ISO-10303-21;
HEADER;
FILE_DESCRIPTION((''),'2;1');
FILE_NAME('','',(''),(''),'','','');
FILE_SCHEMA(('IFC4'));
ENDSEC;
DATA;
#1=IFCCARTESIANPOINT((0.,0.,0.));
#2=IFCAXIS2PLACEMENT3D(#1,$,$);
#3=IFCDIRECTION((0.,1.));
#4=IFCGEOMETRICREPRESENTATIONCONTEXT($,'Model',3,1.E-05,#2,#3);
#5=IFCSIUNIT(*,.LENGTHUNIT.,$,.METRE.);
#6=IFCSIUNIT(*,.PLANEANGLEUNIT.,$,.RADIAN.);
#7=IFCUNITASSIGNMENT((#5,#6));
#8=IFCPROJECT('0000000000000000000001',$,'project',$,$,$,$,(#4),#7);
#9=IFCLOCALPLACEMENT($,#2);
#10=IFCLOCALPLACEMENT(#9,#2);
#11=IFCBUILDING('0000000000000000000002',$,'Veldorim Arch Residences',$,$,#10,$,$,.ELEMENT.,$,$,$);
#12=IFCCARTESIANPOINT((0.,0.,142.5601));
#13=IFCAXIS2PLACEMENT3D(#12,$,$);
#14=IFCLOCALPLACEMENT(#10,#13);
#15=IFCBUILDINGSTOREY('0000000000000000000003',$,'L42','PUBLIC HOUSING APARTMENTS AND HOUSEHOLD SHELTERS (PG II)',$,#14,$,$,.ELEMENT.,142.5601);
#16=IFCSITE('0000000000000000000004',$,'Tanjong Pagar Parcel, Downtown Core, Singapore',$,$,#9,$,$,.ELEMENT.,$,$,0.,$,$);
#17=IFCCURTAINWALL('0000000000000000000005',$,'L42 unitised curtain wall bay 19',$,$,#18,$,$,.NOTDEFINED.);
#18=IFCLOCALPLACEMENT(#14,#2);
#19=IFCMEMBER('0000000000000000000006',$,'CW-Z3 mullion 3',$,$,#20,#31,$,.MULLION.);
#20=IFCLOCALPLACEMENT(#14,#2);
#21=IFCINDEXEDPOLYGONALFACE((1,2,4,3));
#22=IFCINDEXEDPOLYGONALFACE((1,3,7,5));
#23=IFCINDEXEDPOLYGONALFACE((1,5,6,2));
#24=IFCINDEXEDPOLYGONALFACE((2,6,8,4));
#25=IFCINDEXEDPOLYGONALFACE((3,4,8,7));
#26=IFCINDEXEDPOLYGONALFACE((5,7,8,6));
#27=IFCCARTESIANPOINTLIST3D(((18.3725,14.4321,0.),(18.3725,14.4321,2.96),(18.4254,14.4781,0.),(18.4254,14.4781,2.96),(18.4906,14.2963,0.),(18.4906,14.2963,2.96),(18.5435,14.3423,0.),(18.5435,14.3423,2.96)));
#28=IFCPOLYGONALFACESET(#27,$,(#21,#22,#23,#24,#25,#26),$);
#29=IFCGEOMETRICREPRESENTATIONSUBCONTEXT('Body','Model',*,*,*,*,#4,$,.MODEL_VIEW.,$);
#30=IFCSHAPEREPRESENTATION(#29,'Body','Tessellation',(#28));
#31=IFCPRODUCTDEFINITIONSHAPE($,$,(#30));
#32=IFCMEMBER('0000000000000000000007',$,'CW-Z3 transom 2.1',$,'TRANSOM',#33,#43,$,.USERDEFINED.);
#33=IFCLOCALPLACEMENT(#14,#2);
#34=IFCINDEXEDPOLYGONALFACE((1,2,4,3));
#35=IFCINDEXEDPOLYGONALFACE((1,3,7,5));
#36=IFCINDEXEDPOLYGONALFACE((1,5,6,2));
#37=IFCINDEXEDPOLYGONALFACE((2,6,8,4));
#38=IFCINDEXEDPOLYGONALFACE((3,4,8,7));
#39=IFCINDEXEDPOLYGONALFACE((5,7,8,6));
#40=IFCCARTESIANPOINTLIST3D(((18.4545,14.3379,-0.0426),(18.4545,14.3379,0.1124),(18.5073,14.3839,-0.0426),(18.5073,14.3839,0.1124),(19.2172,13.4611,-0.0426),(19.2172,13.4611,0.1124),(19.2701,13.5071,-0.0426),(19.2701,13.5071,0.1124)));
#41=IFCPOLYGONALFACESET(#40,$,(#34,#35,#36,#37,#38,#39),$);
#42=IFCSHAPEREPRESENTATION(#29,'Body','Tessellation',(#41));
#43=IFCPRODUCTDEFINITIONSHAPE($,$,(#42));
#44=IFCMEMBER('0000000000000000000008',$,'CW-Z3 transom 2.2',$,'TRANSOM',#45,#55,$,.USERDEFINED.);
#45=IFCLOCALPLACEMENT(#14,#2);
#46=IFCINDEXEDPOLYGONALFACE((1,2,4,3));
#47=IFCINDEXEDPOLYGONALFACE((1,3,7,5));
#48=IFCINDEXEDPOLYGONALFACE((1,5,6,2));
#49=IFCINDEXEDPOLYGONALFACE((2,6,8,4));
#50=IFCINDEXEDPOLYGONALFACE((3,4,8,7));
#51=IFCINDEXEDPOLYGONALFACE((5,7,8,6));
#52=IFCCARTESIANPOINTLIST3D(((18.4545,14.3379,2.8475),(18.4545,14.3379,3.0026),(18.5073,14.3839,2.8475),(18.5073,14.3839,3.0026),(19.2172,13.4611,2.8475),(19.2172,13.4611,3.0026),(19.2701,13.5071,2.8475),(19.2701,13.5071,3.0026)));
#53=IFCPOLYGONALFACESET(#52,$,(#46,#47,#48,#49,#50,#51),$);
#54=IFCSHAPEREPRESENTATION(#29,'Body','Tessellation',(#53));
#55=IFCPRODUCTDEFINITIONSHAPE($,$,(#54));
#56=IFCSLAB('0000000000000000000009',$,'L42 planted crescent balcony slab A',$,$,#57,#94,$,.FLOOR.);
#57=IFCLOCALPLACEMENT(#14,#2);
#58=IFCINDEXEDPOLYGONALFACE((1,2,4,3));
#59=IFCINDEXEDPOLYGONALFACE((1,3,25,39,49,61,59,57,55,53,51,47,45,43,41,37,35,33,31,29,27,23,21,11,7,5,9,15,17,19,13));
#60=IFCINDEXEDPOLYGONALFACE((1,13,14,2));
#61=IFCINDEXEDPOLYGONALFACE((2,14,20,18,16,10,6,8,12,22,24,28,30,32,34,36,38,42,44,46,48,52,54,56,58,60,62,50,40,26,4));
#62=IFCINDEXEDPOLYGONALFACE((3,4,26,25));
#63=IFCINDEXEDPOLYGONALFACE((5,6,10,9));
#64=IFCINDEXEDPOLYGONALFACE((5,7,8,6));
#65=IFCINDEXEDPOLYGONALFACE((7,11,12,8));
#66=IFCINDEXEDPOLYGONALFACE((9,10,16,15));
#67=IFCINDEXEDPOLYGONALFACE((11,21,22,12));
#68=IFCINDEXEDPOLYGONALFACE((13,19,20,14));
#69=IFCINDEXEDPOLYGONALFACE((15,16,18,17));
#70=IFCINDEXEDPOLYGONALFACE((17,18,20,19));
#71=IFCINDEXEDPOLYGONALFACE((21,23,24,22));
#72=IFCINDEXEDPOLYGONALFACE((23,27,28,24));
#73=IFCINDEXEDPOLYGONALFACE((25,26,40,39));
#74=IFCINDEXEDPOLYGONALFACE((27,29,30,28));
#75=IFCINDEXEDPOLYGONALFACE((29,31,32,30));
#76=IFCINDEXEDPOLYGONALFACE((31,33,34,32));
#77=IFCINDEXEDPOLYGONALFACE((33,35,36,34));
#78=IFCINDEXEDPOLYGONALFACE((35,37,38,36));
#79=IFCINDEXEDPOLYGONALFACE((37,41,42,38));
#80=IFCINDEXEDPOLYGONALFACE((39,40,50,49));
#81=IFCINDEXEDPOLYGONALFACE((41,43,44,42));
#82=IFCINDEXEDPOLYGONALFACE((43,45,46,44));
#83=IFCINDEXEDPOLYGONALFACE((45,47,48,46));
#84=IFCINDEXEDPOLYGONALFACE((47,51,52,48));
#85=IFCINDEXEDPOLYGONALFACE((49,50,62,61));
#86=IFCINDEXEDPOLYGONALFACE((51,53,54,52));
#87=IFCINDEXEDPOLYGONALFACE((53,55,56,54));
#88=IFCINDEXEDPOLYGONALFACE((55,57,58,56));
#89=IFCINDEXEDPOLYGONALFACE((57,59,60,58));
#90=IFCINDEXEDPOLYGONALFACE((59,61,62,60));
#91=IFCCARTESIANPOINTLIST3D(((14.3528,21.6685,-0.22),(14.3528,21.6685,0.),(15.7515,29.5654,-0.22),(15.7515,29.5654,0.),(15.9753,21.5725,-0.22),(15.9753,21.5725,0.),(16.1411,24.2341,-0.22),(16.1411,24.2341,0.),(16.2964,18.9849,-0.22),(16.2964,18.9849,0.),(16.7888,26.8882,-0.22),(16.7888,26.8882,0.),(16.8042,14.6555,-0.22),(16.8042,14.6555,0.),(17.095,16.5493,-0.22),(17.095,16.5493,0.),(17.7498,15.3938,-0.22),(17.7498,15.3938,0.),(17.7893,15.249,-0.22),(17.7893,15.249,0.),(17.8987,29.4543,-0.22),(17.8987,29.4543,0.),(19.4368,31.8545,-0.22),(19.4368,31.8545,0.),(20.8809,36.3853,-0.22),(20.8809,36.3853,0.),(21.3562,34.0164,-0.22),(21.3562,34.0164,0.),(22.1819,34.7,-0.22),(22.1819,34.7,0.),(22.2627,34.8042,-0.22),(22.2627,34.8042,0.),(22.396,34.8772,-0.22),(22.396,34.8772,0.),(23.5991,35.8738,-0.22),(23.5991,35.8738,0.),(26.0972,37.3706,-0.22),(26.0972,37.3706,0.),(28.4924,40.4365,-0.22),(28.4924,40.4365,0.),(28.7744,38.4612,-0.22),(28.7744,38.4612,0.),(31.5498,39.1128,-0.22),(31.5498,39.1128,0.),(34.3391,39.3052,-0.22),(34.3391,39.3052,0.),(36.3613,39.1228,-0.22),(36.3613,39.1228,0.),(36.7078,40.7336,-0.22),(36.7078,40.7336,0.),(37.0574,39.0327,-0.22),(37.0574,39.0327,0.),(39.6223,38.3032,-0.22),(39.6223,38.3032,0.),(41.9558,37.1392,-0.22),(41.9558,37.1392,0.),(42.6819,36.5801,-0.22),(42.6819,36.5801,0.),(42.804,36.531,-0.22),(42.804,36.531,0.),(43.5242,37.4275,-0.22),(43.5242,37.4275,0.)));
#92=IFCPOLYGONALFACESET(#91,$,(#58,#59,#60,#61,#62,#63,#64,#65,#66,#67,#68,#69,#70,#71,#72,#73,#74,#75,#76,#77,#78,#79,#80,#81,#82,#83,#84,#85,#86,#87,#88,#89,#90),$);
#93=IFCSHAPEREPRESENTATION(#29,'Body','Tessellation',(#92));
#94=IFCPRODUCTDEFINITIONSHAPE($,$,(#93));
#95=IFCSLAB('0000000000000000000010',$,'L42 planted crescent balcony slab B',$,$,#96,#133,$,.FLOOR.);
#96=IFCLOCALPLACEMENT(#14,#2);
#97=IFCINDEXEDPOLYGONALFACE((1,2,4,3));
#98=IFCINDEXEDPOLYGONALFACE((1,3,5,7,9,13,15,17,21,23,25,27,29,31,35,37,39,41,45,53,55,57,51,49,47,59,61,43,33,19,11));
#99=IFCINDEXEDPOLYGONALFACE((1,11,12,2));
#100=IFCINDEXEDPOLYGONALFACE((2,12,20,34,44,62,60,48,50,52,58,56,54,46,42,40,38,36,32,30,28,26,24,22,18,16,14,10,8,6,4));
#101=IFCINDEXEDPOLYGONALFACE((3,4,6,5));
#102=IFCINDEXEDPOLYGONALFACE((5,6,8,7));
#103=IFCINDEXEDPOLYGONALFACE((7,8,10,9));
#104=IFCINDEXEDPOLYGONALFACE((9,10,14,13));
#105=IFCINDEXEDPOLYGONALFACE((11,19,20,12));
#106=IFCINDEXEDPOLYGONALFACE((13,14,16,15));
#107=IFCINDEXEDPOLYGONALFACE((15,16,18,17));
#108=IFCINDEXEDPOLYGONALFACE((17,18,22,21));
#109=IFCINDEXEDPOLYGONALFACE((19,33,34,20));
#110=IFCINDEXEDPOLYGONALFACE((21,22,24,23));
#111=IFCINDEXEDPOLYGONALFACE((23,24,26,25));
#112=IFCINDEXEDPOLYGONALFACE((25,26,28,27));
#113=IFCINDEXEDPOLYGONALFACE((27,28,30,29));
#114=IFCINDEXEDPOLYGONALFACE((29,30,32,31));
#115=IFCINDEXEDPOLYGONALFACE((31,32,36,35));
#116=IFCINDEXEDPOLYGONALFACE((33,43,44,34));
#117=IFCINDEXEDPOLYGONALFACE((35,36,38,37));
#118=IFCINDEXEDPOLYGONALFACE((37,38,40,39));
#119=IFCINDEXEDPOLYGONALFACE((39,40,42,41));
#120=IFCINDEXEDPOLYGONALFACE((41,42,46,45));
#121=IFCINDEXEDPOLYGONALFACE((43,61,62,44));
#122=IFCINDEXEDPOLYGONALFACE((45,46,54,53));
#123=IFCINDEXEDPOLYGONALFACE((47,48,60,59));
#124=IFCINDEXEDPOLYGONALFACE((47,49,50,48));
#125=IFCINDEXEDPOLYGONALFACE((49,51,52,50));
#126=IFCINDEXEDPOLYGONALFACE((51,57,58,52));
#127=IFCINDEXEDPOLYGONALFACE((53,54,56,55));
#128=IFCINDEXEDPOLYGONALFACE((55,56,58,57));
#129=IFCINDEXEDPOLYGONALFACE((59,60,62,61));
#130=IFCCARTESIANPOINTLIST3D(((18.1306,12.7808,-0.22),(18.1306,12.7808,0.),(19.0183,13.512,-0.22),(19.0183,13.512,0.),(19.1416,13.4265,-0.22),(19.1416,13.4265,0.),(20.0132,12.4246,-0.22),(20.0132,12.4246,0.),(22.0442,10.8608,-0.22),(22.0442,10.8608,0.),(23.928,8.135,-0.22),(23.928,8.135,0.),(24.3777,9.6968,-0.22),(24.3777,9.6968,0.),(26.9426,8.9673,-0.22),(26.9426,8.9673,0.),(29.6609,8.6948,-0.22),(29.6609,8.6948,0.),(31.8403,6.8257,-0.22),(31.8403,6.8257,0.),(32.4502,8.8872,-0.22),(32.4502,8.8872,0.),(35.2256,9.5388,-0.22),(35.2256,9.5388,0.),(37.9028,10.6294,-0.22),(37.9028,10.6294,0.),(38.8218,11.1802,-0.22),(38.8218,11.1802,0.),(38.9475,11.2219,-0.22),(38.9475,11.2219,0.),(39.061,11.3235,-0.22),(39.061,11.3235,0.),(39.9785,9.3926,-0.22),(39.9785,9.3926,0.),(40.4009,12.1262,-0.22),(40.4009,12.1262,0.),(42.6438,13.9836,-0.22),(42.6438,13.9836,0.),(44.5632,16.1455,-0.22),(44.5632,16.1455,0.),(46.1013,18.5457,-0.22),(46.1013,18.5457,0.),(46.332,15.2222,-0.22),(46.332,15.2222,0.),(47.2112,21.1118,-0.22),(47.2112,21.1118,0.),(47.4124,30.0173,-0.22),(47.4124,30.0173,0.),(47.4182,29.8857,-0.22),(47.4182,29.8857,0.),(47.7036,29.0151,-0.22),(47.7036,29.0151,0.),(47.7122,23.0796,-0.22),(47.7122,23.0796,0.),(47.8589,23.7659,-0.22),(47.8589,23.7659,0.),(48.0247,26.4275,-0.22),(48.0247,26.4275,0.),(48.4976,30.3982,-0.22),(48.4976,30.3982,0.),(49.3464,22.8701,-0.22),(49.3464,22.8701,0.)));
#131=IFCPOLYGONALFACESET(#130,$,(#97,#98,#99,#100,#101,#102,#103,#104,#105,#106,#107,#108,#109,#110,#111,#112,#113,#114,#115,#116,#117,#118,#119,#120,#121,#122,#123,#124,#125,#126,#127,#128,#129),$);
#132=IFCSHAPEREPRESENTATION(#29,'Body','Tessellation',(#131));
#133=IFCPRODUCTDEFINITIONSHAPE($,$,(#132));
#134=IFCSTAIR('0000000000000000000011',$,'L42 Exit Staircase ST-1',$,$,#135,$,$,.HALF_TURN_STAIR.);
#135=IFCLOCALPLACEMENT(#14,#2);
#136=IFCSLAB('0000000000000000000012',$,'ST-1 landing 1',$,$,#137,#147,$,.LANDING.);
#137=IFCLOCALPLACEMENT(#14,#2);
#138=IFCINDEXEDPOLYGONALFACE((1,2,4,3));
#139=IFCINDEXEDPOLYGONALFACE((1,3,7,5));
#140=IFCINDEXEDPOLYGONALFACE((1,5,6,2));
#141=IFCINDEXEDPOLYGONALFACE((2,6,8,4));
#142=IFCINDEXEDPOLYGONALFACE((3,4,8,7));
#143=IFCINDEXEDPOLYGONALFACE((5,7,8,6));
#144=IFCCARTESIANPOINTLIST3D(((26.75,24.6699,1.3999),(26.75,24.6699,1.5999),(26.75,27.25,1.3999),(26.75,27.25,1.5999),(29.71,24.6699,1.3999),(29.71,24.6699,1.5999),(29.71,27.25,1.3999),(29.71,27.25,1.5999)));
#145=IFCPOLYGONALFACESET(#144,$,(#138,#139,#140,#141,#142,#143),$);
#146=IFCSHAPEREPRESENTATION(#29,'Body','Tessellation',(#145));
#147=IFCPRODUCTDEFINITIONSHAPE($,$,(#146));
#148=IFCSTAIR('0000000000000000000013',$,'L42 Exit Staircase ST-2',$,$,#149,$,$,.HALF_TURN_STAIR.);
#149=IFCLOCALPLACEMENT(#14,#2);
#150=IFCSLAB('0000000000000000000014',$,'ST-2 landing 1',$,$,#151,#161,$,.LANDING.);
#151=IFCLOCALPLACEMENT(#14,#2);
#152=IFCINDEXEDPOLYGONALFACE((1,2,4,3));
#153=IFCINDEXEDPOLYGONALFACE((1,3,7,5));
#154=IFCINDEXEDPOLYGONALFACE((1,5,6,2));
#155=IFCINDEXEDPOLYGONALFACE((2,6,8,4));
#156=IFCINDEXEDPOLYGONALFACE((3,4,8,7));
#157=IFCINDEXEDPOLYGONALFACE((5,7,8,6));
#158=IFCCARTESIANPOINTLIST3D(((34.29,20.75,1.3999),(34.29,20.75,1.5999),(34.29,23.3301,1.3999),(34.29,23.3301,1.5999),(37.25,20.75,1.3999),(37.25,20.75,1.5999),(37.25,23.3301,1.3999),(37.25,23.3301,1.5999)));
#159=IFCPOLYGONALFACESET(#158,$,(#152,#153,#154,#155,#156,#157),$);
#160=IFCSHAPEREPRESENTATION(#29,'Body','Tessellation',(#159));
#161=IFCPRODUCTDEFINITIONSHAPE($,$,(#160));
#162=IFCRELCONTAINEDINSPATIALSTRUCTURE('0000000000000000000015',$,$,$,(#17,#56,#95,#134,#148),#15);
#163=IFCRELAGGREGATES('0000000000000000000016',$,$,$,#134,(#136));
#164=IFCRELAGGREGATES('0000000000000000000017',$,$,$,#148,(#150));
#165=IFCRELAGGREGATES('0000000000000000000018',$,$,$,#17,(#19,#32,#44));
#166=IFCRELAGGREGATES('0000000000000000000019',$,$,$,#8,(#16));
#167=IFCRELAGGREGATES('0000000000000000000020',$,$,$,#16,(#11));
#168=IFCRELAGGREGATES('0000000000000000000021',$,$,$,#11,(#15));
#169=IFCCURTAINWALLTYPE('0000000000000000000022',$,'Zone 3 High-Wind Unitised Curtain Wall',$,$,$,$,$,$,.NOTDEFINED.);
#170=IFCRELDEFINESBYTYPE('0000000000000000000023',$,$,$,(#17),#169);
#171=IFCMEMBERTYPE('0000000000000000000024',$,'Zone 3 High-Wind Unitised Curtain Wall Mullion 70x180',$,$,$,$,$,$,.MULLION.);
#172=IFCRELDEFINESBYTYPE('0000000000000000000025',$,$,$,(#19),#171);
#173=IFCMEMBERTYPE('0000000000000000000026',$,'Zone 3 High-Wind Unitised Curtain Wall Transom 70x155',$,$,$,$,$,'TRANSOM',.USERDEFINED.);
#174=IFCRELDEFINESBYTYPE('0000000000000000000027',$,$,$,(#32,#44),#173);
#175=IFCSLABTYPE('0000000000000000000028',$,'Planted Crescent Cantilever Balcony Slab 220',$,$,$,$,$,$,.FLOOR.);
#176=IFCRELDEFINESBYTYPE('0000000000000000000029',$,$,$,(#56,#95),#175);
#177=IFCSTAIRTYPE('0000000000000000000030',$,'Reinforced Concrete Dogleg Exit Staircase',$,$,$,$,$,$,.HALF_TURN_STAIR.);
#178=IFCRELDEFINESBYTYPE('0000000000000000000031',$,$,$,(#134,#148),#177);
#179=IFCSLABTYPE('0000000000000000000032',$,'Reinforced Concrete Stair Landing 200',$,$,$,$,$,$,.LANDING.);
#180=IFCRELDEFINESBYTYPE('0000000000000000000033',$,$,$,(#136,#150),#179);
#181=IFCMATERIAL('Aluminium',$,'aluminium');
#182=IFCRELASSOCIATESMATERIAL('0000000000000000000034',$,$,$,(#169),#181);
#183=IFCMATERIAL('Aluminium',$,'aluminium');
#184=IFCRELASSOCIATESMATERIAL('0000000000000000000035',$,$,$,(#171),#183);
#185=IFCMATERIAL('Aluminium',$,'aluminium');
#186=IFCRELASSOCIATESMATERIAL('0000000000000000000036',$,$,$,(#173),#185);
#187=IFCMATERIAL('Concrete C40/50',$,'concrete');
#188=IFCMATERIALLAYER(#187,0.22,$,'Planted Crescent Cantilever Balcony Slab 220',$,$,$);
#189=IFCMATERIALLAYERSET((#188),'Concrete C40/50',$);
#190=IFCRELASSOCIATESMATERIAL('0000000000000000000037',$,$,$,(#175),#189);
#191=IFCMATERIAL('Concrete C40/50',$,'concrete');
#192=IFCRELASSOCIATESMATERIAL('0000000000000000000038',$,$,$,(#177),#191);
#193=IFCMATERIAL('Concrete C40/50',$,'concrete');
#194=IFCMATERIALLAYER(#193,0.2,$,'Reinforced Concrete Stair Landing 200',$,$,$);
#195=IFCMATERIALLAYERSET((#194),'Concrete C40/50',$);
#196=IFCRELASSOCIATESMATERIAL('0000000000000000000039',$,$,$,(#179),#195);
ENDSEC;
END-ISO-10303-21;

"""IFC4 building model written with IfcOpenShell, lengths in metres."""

from ifc_helpers import new_model, si_unit, direction, frame, origin, origin_2d, place, context, subcontext, project, spatial, polyline, rectangle, outline, extrude, material, layer, layer_set, material_profile, profile_set, type_object, element, aggregate, save


model = new_model("IFC4")

# Units and contexts
model_context = context("Model", 3, precision=1e-05, world=origin(), true_north=direction((0.0, 1.0)))
body_context = subcontext(model_context, "Body", "Model", "MODEL_VIEW")
ifc_project = project(units=[si_unit("LENGTHUNIT", "METRE"), si_unit("PLANEANGLEUNIT", "RADIAN")], contexts=[model_context])

# Site, building, storey
site_placement = place(None, origin())
site = spatial("IfcSite", under=ifc_project, at=site_placement, Name="Tanjong Pagar Parcel, Downtown Core, Singapore", CompositionType="ELEMENT", RefElevation=0.0)
building_placement = place(site_placement, origin())
building = spatial("IfcBuilding", under=site, at=building_placement, Name="Veldorim Arch Residences", CompositionType="ELEMENT")
storey_placement = place(building_placement, frame((0.0, 0.0, 142.5601)))
storey = spatial("IfcBuildingStorey", under=building, at=storey_placement, Name="L42", Description="PUBLIC HOUSING APARTMENTS AND HOUSEHOLD SHELTERS (PG II)", CompositionType="ELEMENT", Elevation=142.5601)

# Curtain wall, members
ifc_material_1 = material(Name="Aluminium", Category="aluminium")
curtain_wall_type = type_object("IfcCurtainWallType", Name="Zone 3 High-Wind Unitised Curtain Wall", PredefinedType="NOTDEFINED", material=ifc_material_1)
curtain_wall_placement = place(storey_placement, origin())
curtain_wall = element("IfcCurtainWall", 1, at=curtain_wall_placement, inside=storey, type_object=curtain_wall_type, Name="L42 unitised curtain wall bay 19", PredefinedType="NOTDEFINED")
ifc_material_2 = material(Name="Aluminium", Category="aluminium")
ifc_material_profile_1 = material_profile(ifc_material_2, rectangle(XDim=0.0701, YDim=0.1799, at=origin_2d()), Name="ALU_MUL_70x180")
ifc_profile_set_1 = profile_set([ifc_material_profile_1], Name="Aluminium")
member_type_1 = type_object("IfcMemberType", Name="Zone 3 High-Wind Unitised Curtain Wall Mullion 70x180", PredefinedType="MULLION", material=ifc_profile_set_1)
member_1_placement = place(storey_placement, frame((18.458, 14.3872, 0.0), z_axis=(0.0, 0.0, 1.0), x_axis=(-0.7544, -0.656415, 0.0)))
member_1 = element("IfcMember", 2, at=member_1_placement, type_object=member_type_1, Name="CW-Z3 mullion 3", PredefinedType="MULLION", context=body_context, shape_type="SweptSolid", body=[
    extrude(rectangle(XDim=0.0701, YDim=0.1799, at=origin_2d()), origin(), (0.0, 0.0, 1.0), 2.96),
])
ifc_material_3 = material(Name="Aluminium", Category="aluminium")
ifc_material_profile_2 = material_profile(ifc_material_3, rectangle(XDim=0.0701, YDim=0.155, at=origin_2d()), Name="ALU_TRN_70x155")
ifc_profile_set_2 = profile_set([ifc_material_profile_2], Name="Aluminium")
member_type_2 = type_object("IfcMemberType", Name="Zone 3 High-Wind Unitised Curtain Wall Transom 70x155", ElementType="TRANSOM", PredefinedType="USERDEFINED", material=ifc_profile_set_2)
member_2_placement = place(storey_placement, frame((19.2437, 13.4841, 0.0349), z_axis=(-0.656345, 0.754461, 0.0), x_axis=(-0.754461, -0.656345, 0.0)))
member_2 = element("IfcMember", 3, at=member_2_placement, type_object=member_type_2, Name="CW-Z3 transom 2.1", ObjectType="TRANSOM", PredefinedType="USERDEFINED", context=body_context, shape_type="SweptSolid", body=[
    extrude(rectangle(XDim=0.0701, YDim=0.155, at=origin_2d()), origin(), (0.0, 0.0, 1.0), 1.1621),
])
member_3_placement = place(storey_placement, frame((19.2437, 13.4841, 2.925), z_axis=(-0.656345, 0.754461, 0.0), x_axis=(-0.754461, -0.656345, 0.0)))
member_3 = element("IfcMember", 4, at=member_3_placement, type_object=member_type_2, Name="CW-Z3 transom 2.2", ObjectType="TRANSOM", PredefinedType="USERDEFINED", context=body_context, shape_type="SweptSolid", body=[
    extrude(rectangle(XDim=0.0701, YDim=0.155, at=origin_2d()), origin(), (0.0, 0.0, 1.0), 1.1621),
])

# Slabs
ifc_material_4 = material(Name="Concrete C40/50", Category="concrete")
ifc_layer_1 = layer(ifc_material_4, 0.22, Name="Planted Crescent Cantilever Balcony Slab 220")
ifc_layer_set_1 = layer_set([ifc_layer_1], Name="Concrete C40/50")
slab_type_1 = type_object("IfcSlabType", Name="Planted Crescent Cantilever Balcony Slab 220", PredefinedType="FLOOR", material=ifc_layer_set_1)
slab_1_placement = place(storey_placement, frame((0.0, 0.0, -0.22)))
element("IfcSlab", 5, at=slab_1_placement, inside=storey, type_object=slab_type_1, Name="L42 planted crescent balcony slab A", PredefinedType="FLOOR", context=body_context, shape_type="SweptSolid", body=[
    extrude(outline(polyline([(42.6819, 36.5801), (41.9558, 37.1392), (39.6223, 38.3032), (37.0574, 39.0327), (36.3613, 39.1228), (34.3391, 39.3052), (31.5498, 39.1128), (28.7744, 38.4612), (26.0972, 37.3706), (23.5991, 35.8738), (22.396, 34.8772), (22.2627, 34.8042), (22.1819, 34.7), (21.3562, 34.0164), (19.4368, 31.8545), (17.8987, 29.4543), (16.7888, 26.8882), (16.1411, 24.2341), (15.9753, 21.5725), (16.2964, 18.9849), (17.095, 16.5493), (17.7498, 15.3938), (17.7893, 15.249), (16.8042, 14.6555), (14.3528, 21.6685), (15.7515, 29.5654), (20.8809, 36.3853), (28.4924, 40.4365), (36.7078, 40.7336), (43.5242, 37.4275), (42.804, 36.531), (42.6819, 36.5801)])), origin(), (0.0, 0.0, 1.0), 0.22),
])
slab_2_placement = place(storey_placement, frame((0.0, 0.0, -0.22)))
element("IfcSlab", 6, at=slab_2_placement, inside=storey, type_object=slab_type_1, Name="L42 planted crescent balcony slab B", PredefinedType="FLOOR", context=body_context, shape_type="SweptSolid", body=[
    extrude(outline(polyline([(19.1416, 13.4265), (20.0132, 12.4246), (22.0442, 10.8608), (24.3777, 9.6968), (26.9426, 8.9673), (29.6609, 8.6948), (32.4502, 8.8872), (35.2256, 9.5388), (37.9028, 10.6294), (38.8218, 11.1802), (38.9475, 11.2219), (39.061, 11.3235), (40.4009, 12.1262), (42.6438, 13.9836), (44.5632, 16.1455), (46.1013, 18.5457), (47.2112, 21.1118), (47.7122, 23.0796), (47.8589, 23.7659), (48.0247, 26.4275), (47.7036, 29.0151), (47.4182, 29.8857), (47.4124, 30.0173), (48.4976, 30.3982), (49.3464, 22.8701), (46.332, 15.2222), (39.9785, 9.3926), (31.8403, 6.8257), (23.928, 8.135), (18.1306, 12.7808), (19.0183, 13.512), (19.1416, 13.4265)])), origin(), (0.0, 0.0, 1.0), 0.22),
])

# Stairs, slabs
ifc_material_5 = material(Name="Concrete C40/50", Category="concrete")
stair_type = type_object("IfcStairType", Name="Reinforced Concrete Dogleg Exit Staircase", PredefinedType="HALF_TURN_STAIR", material=ifc_material_5)
stair_1_placement = place(storey_placement, origin())
stair_1 = element("IfcStair", 7, at=stair_1_placement, inside=storey, type_object=stair_type, Name="L42 Exit Staircase ST-1", PredefinedType="HALF_TURN_STAIR")
ifc_material_6 = material(Name="Concrete C40/50", Category="concrete")
ifc_layer_2 = layer(ifc_material_6, 0.2, Name="Reinforced Concrete Stair Landing 200")
ifc_layer_set_2 = layer_set([ifc_layer_2], Name="Concrete C40/50")
slab_type_2 = type_object("IfcSlabType", Name="Reinforced Concrete Stair Landing 200", PredefinedType="LANDING", material=ifc_layer_set_2)
slab_3_placement = place(storey_placement, frame((0.0, 0.0, 1.3999)))
slab_3 = element("IfcSlab", 8, at=slab_3_placement, type_object=slab_type_2, Name="ST-1 landing 1", PredefinedType="LANDING", context=body_context, shape_type="SweptSolid", body=[
    extrude(outline(polyline([(29.71, 24.6699), (29.71, 27.25), (26.75, 27.25), (26.75, 24.6699), (29.71, 24.6699)])), origin(), (0.0, 0.0, 1.0), 0.2),
])
aggregate(stair_1, [slab_3])
stair_2_placement = place(storey_placement, origin())
stair_2 = element("IfcStair", 9, at=stair_2_placement, inside=storey, type_object=stair_type, Name="L42 Exit Staircase ST-2", PredefinedType="HALF_TURN_STAIR")
slab_4_placement = place(storey_placement, frame((0.0, 0.0, 1.3999)))
slab_4 = element("IfcSlab", 10, at=slab_4_placement, type_object=slab_type_2, Name="ST-2 landing 1", PredefinedType="LANDING", context=body_context, shape_type="SweptSolid", body=[
    extrude(outline(polyline([(34.29, 23.3301), (34.29, 20.75), (37.25, 20.75), (37.25, 23.3301), (34.29, 23.3301)])), origin(), (0.0, 0.0, 1.0), 0.2),
])
aggregate(stair_2, [slab_4])

aggregate(curtain_wall, [member_1, member_2, member_3])

save(model, "model.ifc")
